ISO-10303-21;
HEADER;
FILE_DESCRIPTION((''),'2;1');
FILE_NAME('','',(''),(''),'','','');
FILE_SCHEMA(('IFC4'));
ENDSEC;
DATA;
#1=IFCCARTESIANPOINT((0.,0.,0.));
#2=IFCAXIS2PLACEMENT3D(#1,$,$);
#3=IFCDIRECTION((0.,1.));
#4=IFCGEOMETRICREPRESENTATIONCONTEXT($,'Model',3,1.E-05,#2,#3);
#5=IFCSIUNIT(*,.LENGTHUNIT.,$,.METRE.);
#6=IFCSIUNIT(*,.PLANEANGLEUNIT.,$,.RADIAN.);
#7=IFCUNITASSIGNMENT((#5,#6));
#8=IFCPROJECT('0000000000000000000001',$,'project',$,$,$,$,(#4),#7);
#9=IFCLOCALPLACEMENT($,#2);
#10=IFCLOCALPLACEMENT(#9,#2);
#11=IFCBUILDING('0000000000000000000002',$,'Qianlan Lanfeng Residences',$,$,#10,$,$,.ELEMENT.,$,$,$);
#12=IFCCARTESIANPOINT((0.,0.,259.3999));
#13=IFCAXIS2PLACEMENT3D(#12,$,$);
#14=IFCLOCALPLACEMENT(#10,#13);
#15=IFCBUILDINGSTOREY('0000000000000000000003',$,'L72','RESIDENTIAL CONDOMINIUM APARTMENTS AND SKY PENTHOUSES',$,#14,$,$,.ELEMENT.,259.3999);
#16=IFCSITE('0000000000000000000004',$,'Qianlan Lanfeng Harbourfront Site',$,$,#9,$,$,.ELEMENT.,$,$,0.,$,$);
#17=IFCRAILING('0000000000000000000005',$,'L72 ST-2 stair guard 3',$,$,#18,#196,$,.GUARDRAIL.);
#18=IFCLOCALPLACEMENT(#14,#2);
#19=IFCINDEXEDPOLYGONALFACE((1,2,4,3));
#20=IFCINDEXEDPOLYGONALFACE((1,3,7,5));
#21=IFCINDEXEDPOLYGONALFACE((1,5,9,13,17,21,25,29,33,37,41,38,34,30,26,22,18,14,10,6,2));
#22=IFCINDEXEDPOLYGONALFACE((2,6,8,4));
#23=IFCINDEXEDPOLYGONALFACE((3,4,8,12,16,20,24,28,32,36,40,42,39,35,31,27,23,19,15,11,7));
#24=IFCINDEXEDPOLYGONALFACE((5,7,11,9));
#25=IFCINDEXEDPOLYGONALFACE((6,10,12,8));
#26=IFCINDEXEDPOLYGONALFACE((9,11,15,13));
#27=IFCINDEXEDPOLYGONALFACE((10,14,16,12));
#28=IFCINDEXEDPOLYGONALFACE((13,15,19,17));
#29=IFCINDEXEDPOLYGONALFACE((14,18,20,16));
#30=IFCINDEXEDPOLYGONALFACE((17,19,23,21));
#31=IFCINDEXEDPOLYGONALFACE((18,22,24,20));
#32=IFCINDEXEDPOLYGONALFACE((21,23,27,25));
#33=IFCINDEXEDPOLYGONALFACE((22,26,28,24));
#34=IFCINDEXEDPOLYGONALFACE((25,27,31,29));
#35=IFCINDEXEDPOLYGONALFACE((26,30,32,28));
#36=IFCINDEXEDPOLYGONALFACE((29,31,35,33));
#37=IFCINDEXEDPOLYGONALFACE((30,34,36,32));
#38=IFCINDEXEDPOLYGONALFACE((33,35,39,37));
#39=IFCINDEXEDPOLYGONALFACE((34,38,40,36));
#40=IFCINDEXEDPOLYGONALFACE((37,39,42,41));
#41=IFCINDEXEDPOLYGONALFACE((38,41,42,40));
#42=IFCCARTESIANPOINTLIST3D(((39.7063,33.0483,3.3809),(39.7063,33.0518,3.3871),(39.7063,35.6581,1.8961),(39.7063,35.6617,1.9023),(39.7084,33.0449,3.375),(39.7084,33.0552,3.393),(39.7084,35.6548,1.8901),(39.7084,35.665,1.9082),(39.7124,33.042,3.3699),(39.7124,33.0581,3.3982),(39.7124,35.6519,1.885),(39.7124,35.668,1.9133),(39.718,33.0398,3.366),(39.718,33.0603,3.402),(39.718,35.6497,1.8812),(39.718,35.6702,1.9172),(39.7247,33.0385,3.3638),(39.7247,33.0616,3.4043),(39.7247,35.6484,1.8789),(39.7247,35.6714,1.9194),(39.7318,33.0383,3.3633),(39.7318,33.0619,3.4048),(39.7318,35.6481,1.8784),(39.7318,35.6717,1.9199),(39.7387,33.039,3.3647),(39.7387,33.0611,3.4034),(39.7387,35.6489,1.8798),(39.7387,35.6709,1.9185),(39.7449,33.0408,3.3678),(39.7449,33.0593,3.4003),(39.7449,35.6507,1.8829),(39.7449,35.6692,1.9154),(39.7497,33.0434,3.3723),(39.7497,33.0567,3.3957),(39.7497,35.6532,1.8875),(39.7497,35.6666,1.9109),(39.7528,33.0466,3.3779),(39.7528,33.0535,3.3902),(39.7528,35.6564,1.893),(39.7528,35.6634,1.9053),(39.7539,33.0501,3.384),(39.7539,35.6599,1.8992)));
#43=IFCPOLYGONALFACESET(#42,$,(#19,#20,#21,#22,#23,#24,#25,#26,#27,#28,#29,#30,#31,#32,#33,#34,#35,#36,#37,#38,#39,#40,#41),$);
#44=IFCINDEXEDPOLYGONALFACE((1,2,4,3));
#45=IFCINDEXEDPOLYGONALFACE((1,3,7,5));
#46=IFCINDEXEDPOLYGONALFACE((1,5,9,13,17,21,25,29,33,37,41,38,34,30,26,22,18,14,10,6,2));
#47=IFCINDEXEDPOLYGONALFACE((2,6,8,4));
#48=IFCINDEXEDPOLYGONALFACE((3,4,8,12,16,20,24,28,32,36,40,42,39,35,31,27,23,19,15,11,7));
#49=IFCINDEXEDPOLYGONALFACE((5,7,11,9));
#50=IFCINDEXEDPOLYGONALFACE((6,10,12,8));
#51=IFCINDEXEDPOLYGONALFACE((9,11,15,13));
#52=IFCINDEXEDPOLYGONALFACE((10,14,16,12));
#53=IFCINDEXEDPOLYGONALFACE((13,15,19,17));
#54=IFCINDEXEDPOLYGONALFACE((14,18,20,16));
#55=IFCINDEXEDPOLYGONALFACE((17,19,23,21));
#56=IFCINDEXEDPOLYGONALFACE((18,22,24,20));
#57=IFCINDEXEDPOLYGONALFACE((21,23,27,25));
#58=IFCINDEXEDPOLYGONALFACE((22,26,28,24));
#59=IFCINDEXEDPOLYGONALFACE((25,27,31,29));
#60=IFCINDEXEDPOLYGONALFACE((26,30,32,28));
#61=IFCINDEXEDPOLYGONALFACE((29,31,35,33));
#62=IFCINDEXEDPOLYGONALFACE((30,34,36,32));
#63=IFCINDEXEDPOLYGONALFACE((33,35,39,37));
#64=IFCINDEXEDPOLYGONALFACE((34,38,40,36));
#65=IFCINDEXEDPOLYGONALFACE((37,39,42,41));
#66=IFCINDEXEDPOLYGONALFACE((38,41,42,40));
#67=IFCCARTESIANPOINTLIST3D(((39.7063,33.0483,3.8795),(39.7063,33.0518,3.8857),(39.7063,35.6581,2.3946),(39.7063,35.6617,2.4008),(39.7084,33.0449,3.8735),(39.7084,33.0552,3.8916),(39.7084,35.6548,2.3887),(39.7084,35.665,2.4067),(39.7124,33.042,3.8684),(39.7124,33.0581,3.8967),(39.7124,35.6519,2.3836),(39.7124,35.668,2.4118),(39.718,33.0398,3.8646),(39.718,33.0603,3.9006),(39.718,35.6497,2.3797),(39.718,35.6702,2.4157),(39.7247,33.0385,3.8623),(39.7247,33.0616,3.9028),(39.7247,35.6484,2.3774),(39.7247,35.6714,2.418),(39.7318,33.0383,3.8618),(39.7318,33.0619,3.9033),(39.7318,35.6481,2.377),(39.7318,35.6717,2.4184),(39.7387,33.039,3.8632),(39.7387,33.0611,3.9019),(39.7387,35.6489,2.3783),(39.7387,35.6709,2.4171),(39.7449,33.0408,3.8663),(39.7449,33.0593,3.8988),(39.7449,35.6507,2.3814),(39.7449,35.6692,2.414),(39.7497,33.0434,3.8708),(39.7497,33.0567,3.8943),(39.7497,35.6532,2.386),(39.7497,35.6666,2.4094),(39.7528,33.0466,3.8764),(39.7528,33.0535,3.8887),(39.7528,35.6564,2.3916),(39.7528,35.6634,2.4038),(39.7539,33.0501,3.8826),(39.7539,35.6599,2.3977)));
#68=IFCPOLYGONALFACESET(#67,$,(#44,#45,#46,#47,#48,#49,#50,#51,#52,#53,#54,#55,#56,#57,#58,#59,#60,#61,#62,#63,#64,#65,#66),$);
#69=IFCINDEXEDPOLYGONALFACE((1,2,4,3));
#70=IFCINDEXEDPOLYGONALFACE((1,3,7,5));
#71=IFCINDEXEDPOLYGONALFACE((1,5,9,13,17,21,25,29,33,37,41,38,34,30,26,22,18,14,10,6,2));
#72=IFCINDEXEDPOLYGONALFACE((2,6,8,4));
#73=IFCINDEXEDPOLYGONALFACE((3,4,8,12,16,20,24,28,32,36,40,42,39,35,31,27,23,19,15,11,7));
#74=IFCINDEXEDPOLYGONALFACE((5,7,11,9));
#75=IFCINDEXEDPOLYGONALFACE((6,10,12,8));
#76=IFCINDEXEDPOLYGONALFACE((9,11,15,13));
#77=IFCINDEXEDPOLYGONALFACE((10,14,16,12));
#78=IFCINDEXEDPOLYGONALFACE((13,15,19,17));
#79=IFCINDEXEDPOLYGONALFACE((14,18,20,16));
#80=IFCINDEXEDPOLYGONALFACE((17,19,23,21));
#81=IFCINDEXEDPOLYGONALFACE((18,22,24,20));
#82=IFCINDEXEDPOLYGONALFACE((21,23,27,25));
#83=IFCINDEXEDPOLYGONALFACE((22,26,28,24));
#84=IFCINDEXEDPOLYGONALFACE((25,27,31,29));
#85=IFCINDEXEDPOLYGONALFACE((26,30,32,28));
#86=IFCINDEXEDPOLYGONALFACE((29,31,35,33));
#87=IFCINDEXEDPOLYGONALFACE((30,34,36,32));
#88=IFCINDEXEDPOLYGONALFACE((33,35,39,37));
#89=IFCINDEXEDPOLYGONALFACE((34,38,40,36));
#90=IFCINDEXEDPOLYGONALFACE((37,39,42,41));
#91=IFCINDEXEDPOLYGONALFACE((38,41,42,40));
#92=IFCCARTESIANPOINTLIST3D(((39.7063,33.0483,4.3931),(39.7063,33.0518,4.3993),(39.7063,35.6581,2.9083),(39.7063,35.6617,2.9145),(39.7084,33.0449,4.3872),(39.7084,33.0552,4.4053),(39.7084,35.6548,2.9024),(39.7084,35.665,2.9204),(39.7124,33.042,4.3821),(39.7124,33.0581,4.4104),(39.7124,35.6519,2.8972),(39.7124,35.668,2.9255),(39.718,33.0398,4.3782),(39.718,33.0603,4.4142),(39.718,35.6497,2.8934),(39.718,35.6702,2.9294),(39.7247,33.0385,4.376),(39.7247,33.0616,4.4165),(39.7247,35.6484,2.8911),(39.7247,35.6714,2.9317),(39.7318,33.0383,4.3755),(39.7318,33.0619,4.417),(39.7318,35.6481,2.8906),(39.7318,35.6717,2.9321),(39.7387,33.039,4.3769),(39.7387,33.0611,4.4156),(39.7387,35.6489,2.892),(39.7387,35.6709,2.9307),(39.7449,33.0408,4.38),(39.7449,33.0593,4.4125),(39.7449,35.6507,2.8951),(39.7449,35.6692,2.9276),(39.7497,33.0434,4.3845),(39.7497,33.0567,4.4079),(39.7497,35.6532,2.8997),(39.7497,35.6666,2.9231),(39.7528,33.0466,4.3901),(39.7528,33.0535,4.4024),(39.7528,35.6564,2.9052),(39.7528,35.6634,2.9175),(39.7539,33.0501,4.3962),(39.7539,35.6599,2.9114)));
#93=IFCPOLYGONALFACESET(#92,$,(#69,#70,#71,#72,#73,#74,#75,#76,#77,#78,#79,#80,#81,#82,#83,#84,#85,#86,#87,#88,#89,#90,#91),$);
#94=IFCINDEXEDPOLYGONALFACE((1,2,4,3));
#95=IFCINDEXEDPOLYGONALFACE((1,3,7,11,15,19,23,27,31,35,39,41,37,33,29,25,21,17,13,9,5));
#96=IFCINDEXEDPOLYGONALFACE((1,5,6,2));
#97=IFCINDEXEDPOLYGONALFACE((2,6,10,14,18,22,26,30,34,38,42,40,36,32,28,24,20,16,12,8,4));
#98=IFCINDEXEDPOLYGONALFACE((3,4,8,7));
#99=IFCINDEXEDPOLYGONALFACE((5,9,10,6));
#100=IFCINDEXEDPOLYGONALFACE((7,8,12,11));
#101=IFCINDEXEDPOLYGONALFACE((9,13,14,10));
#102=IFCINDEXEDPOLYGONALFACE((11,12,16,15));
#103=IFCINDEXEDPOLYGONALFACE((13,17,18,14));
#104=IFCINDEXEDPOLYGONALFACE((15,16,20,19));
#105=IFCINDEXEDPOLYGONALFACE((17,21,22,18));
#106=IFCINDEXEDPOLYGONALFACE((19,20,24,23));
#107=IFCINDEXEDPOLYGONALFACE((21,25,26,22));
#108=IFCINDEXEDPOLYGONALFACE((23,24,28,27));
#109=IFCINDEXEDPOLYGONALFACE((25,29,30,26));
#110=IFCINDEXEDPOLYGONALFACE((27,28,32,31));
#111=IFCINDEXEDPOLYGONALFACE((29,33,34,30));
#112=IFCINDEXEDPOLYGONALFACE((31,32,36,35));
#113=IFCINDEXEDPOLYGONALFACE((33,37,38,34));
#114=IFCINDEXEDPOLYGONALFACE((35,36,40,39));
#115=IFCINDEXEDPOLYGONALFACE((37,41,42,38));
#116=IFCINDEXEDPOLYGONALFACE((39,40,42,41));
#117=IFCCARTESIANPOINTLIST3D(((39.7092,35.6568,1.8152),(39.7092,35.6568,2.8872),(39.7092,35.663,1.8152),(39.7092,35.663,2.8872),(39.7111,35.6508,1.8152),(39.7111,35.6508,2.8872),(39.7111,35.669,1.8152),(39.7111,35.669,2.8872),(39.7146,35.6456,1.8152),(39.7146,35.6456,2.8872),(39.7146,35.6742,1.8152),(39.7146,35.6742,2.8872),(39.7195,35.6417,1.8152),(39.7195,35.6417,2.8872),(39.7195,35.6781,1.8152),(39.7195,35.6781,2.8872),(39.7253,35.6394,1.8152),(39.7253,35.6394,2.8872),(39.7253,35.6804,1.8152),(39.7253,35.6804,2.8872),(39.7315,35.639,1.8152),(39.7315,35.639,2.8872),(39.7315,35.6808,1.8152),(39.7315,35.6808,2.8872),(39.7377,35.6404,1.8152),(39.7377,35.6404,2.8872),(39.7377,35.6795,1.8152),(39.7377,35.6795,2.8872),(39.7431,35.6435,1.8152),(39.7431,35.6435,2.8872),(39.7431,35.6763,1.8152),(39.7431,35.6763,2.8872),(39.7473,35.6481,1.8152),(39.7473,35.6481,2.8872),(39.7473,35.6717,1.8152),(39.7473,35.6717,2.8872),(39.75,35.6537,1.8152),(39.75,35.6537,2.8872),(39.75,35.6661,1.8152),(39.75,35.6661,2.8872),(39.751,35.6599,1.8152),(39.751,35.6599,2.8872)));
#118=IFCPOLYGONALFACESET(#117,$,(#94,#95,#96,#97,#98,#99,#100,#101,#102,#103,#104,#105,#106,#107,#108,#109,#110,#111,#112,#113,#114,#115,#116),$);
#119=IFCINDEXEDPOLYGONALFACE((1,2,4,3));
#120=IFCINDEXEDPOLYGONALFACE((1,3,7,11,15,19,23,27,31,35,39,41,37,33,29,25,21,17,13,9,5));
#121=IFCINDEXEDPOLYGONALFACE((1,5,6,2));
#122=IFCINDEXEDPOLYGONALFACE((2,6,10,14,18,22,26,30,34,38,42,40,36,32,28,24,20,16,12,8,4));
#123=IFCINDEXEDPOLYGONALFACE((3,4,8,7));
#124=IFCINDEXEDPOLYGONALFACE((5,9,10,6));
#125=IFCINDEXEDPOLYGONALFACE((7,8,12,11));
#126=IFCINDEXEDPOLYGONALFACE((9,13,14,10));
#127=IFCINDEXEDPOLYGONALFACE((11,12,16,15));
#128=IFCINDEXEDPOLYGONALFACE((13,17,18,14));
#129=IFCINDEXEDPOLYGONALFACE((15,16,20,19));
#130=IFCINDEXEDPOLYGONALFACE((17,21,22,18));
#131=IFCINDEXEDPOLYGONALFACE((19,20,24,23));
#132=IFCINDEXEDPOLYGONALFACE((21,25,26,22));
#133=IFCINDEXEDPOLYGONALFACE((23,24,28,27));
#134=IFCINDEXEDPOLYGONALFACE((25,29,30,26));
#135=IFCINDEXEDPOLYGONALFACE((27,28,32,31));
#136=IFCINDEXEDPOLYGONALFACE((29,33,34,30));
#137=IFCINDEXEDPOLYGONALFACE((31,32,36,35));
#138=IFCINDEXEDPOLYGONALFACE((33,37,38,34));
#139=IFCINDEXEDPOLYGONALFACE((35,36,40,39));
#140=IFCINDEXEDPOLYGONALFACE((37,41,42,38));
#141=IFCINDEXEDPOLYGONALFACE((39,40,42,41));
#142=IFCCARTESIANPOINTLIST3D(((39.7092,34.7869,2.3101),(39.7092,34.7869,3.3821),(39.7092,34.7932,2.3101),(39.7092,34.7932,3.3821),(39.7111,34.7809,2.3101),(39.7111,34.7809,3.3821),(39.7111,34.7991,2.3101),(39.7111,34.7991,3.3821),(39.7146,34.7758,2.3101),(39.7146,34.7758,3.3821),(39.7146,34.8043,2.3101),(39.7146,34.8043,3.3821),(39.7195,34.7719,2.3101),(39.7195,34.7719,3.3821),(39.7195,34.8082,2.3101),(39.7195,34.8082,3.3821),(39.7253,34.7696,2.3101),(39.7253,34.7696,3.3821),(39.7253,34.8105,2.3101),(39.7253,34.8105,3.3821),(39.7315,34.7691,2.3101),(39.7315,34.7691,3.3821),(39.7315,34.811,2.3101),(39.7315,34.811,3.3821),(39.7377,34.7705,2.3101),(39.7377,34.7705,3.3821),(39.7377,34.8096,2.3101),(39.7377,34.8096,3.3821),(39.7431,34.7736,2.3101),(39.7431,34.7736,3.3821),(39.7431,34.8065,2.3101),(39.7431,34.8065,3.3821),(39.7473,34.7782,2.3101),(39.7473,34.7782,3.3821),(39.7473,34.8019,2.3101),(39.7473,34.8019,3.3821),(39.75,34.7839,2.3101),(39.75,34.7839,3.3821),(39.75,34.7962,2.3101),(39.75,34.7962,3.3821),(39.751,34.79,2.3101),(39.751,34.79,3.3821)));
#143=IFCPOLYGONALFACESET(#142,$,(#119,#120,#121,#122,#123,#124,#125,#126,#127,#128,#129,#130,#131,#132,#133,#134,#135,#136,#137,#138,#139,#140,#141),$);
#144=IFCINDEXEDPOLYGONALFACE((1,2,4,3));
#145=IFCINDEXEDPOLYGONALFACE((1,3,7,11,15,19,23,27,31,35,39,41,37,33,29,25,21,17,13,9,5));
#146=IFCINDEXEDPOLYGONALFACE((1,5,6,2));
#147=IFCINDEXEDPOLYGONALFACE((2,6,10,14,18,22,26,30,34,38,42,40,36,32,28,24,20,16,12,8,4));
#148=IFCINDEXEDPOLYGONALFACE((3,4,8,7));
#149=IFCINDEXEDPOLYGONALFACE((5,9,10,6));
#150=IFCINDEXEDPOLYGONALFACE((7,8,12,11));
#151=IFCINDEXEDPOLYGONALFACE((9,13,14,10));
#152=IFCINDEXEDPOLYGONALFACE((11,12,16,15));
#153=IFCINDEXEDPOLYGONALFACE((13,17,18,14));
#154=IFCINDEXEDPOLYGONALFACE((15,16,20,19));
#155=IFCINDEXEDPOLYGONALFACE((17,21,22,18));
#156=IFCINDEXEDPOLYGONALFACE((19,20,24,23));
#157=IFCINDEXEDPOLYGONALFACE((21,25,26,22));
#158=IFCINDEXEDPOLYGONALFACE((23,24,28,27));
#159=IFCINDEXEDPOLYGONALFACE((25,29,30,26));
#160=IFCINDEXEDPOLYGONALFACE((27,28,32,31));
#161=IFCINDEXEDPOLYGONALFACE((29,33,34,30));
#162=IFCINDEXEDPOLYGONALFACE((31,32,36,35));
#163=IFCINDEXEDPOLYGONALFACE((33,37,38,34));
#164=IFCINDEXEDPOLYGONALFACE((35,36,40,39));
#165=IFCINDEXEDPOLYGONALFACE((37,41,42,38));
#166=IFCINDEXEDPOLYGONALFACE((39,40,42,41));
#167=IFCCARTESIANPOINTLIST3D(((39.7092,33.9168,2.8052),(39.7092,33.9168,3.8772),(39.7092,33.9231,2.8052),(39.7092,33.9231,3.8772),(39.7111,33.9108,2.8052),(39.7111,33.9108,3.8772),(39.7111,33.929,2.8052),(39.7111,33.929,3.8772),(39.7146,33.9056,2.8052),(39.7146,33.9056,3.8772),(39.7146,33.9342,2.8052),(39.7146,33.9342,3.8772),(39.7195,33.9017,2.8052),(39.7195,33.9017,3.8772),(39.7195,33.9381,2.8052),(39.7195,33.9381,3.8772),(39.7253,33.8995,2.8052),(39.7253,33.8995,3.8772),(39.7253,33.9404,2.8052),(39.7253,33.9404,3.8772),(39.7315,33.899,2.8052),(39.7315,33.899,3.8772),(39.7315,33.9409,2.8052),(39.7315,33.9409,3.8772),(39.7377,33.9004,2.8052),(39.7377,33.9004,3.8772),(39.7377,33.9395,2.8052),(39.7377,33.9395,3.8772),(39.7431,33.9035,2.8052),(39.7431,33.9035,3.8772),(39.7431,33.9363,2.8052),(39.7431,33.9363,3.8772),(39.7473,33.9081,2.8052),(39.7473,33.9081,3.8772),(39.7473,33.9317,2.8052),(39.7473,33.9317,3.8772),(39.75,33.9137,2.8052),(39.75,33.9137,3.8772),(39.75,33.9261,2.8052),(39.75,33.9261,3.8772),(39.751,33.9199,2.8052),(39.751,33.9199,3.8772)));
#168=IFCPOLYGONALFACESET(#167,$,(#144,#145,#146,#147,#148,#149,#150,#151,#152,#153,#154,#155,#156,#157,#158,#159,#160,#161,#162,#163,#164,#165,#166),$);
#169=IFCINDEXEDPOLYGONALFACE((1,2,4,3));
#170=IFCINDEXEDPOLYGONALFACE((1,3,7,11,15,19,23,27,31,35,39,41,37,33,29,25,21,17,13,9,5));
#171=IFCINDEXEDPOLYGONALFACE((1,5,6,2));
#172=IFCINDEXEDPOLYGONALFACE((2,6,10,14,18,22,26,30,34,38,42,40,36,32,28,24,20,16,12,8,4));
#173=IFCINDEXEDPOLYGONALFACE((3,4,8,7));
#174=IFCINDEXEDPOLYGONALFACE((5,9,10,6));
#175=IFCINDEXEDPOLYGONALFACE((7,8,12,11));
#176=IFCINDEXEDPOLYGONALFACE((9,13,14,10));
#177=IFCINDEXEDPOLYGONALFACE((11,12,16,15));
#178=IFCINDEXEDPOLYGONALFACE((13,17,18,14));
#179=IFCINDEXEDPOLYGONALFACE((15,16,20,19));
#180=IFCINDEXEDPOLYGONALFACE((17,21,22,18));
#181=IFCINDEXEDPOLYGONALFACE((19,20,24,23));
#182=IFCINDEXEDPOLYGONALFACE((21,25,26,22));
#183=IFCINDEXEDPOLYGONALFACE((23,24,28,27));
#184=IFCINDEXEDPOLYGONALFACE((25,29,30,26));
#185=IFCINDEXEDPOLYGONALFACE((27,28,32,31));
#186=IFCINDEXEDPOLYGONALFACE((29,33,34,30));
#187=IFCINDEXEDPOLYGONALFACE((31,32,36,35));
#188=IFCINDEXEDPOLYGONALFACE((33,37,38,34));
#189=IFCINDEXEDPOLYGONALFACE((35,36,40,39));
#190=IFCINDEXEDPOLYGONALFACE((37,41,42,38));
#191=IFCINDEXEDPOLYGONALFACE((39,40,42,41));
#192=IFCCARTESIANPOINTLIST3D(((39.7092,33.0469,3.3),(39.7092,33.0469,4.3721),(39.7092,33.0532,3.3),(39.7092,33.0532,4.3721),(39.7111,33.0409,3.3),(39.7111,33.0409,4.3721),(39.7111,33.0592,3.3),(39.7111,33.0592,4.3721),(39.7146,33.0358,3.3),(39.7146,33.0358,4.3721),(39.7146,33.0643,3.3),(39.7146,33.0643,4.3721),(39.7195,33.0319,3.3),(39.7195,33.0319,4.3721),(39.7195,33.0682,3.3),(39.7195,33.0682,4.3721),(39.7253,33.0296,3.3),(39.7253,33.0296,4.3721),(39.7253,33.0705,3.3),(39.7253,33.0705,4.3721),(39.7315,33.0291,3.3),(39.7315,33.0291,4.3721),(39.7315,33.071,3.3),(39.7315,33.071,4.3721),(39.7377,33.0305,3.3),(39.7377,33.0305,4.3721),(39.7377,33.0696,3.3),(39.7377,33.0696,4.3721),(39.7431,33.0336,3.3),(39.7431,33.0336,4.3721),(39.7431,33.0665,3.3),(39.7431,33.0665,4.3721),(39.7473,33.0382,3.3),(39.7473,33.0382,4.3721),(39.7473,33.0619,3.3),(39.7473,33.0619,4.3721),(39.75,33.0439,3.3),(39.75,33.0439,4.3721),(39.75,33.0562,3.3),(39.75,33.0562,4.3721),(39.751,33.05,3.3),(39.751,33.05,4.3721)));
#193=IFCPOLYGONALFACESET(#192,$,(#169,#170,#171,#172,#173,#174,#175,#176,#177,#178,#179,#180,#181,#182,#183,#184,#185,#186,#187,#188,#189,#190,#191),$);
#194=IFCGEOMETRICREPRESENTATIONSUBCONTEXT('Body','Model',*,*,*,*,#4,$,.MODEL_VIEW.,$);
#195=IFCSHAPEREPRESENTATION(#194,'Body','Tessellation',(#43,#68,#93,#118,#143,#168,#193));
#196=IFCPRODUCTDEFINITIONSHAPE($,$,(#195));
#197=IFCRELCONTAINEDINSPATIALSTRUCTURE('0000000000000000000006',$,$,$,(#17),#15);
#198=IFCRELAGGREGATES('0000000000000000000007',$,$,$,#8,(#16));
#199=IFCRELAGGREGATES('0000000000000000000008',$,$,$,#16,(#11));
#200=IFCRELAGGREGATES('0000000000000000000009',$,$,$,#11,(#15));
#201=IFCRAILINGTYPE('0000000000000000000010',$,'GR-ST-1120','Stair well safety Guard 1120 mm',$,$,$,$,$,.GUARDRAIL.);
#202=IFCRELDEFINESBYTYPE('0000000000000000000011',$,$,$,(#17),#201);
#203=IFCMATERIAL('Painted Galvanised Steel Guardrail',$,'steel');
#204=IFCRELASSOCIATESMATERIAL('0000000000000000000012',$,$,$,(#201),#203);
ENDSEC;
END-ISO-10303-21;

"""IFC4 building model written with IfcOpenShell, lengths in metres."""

from ifc_helpers import new_model, si_unit, direction, frame, origin, origin_2d, place, context, subcontext, project, spatial, circle, extrude, material, type_object, element, save


model = new_model("IFC4")

# Units and contexts
model_context = context("Model", 3, precision=1e-05, world=origin(), true_north=direction((0.0, 1.0)))
body_context = subcontext(model_context, "Body", "Model", "MODEL_VIEW")
ifc_project = project(units=[si_unit("LENGTHUNIT", "METRE"), si_unit("PLANEANGLEUNIT", "RADIAN")], contexts=[model_context])

# Site, building, storey
site_placement = place(None, origin())
site = spatial("IfcSite", under=ifc_project, at=site_placement, Name="Qianlan Lanfeng Harbourfront Site", CompositionType="ELEMENT", RefElevation=0.0)
building_placement = place(site_placement, origin())
building = spatial("IfcBuilding", under=site, at=building_placement, Name="Qianlan Lanfeng Residences", CompositionType="ELEMENT")
storey_placement = place(building_placement, frame((0.0, 0.0, 259.3999)))
storey = spatial("IfcBuildingStorey", under=building, at=storey_placement, Name="L72", Description="RESIDENTIAL CONDOMINIUM APARTMENTS AND SKY PENTHOUSES", CompositionType="ELEMENT", Elevation=259.3999)

# Railing
ifc_material_1 = material(Name="Painted Galvanised Steel Guardrail", Category="steel")
railing_type_1 = type_object("IfcRailingType", Name="GR-ST-1120", Description="Stair well safety Guard 1120 mm", PredefinedType="GUARDRAIL", material=ifc_material_1)
railing_1_placement = place(storey_placement, frame((39.73, 35.6599, 1.8152)))
element("IfcRailing", 1, at=railing_1_placement, inside=storey, type_object=railing_type_1, Name="L72 ST-2 stair guard 3", PredefinedType="GUARDRAIL", context=body_context, shape_type="SweptSolid", body=[
    extrude(circle(Radius=0.0239, at=origin_2d()), frame((0.0, 0.0, 0.084), z_axis=(0.0, -0.869172, 0.494509), x_axis=(1.0, 0.0, 0.0)), (0.0, 0.0, 1.0), 3.0027),
    extrude(circle(Radius=0.0239, at=origin_2d()), frame((0.0, 0.0, 0.5825), z_axis=(0.0, -0.869172, 0.494509), x_axis=(1.0, 0.0, 0.0)), (0.0, 0.0, 1.0), 3.0027),
    extrude(circle(Radius=0.0239, at=origin_2d()), frame((0.0, 0.0, 1.0962), z_axis=(0.0, -0.869172, 0.494509), x_axis=(1.0, 0.0, 0.0)), (0.0, 0.0, 1.0), 3.0027),
    extrude(circle(Radius=0.021, at=origin_2d()), origin(), (0.0, 0.0, 1.0), 1.072),
    extrude(circle(Radius=0.021, at=origin_2d()), frame((0.0, -0.8699, 0.4949)), (0.0, 0.0, 1.0), 1.072),
    extrude(circle(Radius=0.021, at=origin_2d()), frame((0.0, -1.74, 0.99)), (0.0, 0.0, 1.0), 1.072),
    extrude(circle(Radius=0.021, at=origin_2d()), frame((0.0, -2.6099, 1.4849)), (0.0, 0.0, 1.0), 1.072),
])

save(model, "model.ifc")
